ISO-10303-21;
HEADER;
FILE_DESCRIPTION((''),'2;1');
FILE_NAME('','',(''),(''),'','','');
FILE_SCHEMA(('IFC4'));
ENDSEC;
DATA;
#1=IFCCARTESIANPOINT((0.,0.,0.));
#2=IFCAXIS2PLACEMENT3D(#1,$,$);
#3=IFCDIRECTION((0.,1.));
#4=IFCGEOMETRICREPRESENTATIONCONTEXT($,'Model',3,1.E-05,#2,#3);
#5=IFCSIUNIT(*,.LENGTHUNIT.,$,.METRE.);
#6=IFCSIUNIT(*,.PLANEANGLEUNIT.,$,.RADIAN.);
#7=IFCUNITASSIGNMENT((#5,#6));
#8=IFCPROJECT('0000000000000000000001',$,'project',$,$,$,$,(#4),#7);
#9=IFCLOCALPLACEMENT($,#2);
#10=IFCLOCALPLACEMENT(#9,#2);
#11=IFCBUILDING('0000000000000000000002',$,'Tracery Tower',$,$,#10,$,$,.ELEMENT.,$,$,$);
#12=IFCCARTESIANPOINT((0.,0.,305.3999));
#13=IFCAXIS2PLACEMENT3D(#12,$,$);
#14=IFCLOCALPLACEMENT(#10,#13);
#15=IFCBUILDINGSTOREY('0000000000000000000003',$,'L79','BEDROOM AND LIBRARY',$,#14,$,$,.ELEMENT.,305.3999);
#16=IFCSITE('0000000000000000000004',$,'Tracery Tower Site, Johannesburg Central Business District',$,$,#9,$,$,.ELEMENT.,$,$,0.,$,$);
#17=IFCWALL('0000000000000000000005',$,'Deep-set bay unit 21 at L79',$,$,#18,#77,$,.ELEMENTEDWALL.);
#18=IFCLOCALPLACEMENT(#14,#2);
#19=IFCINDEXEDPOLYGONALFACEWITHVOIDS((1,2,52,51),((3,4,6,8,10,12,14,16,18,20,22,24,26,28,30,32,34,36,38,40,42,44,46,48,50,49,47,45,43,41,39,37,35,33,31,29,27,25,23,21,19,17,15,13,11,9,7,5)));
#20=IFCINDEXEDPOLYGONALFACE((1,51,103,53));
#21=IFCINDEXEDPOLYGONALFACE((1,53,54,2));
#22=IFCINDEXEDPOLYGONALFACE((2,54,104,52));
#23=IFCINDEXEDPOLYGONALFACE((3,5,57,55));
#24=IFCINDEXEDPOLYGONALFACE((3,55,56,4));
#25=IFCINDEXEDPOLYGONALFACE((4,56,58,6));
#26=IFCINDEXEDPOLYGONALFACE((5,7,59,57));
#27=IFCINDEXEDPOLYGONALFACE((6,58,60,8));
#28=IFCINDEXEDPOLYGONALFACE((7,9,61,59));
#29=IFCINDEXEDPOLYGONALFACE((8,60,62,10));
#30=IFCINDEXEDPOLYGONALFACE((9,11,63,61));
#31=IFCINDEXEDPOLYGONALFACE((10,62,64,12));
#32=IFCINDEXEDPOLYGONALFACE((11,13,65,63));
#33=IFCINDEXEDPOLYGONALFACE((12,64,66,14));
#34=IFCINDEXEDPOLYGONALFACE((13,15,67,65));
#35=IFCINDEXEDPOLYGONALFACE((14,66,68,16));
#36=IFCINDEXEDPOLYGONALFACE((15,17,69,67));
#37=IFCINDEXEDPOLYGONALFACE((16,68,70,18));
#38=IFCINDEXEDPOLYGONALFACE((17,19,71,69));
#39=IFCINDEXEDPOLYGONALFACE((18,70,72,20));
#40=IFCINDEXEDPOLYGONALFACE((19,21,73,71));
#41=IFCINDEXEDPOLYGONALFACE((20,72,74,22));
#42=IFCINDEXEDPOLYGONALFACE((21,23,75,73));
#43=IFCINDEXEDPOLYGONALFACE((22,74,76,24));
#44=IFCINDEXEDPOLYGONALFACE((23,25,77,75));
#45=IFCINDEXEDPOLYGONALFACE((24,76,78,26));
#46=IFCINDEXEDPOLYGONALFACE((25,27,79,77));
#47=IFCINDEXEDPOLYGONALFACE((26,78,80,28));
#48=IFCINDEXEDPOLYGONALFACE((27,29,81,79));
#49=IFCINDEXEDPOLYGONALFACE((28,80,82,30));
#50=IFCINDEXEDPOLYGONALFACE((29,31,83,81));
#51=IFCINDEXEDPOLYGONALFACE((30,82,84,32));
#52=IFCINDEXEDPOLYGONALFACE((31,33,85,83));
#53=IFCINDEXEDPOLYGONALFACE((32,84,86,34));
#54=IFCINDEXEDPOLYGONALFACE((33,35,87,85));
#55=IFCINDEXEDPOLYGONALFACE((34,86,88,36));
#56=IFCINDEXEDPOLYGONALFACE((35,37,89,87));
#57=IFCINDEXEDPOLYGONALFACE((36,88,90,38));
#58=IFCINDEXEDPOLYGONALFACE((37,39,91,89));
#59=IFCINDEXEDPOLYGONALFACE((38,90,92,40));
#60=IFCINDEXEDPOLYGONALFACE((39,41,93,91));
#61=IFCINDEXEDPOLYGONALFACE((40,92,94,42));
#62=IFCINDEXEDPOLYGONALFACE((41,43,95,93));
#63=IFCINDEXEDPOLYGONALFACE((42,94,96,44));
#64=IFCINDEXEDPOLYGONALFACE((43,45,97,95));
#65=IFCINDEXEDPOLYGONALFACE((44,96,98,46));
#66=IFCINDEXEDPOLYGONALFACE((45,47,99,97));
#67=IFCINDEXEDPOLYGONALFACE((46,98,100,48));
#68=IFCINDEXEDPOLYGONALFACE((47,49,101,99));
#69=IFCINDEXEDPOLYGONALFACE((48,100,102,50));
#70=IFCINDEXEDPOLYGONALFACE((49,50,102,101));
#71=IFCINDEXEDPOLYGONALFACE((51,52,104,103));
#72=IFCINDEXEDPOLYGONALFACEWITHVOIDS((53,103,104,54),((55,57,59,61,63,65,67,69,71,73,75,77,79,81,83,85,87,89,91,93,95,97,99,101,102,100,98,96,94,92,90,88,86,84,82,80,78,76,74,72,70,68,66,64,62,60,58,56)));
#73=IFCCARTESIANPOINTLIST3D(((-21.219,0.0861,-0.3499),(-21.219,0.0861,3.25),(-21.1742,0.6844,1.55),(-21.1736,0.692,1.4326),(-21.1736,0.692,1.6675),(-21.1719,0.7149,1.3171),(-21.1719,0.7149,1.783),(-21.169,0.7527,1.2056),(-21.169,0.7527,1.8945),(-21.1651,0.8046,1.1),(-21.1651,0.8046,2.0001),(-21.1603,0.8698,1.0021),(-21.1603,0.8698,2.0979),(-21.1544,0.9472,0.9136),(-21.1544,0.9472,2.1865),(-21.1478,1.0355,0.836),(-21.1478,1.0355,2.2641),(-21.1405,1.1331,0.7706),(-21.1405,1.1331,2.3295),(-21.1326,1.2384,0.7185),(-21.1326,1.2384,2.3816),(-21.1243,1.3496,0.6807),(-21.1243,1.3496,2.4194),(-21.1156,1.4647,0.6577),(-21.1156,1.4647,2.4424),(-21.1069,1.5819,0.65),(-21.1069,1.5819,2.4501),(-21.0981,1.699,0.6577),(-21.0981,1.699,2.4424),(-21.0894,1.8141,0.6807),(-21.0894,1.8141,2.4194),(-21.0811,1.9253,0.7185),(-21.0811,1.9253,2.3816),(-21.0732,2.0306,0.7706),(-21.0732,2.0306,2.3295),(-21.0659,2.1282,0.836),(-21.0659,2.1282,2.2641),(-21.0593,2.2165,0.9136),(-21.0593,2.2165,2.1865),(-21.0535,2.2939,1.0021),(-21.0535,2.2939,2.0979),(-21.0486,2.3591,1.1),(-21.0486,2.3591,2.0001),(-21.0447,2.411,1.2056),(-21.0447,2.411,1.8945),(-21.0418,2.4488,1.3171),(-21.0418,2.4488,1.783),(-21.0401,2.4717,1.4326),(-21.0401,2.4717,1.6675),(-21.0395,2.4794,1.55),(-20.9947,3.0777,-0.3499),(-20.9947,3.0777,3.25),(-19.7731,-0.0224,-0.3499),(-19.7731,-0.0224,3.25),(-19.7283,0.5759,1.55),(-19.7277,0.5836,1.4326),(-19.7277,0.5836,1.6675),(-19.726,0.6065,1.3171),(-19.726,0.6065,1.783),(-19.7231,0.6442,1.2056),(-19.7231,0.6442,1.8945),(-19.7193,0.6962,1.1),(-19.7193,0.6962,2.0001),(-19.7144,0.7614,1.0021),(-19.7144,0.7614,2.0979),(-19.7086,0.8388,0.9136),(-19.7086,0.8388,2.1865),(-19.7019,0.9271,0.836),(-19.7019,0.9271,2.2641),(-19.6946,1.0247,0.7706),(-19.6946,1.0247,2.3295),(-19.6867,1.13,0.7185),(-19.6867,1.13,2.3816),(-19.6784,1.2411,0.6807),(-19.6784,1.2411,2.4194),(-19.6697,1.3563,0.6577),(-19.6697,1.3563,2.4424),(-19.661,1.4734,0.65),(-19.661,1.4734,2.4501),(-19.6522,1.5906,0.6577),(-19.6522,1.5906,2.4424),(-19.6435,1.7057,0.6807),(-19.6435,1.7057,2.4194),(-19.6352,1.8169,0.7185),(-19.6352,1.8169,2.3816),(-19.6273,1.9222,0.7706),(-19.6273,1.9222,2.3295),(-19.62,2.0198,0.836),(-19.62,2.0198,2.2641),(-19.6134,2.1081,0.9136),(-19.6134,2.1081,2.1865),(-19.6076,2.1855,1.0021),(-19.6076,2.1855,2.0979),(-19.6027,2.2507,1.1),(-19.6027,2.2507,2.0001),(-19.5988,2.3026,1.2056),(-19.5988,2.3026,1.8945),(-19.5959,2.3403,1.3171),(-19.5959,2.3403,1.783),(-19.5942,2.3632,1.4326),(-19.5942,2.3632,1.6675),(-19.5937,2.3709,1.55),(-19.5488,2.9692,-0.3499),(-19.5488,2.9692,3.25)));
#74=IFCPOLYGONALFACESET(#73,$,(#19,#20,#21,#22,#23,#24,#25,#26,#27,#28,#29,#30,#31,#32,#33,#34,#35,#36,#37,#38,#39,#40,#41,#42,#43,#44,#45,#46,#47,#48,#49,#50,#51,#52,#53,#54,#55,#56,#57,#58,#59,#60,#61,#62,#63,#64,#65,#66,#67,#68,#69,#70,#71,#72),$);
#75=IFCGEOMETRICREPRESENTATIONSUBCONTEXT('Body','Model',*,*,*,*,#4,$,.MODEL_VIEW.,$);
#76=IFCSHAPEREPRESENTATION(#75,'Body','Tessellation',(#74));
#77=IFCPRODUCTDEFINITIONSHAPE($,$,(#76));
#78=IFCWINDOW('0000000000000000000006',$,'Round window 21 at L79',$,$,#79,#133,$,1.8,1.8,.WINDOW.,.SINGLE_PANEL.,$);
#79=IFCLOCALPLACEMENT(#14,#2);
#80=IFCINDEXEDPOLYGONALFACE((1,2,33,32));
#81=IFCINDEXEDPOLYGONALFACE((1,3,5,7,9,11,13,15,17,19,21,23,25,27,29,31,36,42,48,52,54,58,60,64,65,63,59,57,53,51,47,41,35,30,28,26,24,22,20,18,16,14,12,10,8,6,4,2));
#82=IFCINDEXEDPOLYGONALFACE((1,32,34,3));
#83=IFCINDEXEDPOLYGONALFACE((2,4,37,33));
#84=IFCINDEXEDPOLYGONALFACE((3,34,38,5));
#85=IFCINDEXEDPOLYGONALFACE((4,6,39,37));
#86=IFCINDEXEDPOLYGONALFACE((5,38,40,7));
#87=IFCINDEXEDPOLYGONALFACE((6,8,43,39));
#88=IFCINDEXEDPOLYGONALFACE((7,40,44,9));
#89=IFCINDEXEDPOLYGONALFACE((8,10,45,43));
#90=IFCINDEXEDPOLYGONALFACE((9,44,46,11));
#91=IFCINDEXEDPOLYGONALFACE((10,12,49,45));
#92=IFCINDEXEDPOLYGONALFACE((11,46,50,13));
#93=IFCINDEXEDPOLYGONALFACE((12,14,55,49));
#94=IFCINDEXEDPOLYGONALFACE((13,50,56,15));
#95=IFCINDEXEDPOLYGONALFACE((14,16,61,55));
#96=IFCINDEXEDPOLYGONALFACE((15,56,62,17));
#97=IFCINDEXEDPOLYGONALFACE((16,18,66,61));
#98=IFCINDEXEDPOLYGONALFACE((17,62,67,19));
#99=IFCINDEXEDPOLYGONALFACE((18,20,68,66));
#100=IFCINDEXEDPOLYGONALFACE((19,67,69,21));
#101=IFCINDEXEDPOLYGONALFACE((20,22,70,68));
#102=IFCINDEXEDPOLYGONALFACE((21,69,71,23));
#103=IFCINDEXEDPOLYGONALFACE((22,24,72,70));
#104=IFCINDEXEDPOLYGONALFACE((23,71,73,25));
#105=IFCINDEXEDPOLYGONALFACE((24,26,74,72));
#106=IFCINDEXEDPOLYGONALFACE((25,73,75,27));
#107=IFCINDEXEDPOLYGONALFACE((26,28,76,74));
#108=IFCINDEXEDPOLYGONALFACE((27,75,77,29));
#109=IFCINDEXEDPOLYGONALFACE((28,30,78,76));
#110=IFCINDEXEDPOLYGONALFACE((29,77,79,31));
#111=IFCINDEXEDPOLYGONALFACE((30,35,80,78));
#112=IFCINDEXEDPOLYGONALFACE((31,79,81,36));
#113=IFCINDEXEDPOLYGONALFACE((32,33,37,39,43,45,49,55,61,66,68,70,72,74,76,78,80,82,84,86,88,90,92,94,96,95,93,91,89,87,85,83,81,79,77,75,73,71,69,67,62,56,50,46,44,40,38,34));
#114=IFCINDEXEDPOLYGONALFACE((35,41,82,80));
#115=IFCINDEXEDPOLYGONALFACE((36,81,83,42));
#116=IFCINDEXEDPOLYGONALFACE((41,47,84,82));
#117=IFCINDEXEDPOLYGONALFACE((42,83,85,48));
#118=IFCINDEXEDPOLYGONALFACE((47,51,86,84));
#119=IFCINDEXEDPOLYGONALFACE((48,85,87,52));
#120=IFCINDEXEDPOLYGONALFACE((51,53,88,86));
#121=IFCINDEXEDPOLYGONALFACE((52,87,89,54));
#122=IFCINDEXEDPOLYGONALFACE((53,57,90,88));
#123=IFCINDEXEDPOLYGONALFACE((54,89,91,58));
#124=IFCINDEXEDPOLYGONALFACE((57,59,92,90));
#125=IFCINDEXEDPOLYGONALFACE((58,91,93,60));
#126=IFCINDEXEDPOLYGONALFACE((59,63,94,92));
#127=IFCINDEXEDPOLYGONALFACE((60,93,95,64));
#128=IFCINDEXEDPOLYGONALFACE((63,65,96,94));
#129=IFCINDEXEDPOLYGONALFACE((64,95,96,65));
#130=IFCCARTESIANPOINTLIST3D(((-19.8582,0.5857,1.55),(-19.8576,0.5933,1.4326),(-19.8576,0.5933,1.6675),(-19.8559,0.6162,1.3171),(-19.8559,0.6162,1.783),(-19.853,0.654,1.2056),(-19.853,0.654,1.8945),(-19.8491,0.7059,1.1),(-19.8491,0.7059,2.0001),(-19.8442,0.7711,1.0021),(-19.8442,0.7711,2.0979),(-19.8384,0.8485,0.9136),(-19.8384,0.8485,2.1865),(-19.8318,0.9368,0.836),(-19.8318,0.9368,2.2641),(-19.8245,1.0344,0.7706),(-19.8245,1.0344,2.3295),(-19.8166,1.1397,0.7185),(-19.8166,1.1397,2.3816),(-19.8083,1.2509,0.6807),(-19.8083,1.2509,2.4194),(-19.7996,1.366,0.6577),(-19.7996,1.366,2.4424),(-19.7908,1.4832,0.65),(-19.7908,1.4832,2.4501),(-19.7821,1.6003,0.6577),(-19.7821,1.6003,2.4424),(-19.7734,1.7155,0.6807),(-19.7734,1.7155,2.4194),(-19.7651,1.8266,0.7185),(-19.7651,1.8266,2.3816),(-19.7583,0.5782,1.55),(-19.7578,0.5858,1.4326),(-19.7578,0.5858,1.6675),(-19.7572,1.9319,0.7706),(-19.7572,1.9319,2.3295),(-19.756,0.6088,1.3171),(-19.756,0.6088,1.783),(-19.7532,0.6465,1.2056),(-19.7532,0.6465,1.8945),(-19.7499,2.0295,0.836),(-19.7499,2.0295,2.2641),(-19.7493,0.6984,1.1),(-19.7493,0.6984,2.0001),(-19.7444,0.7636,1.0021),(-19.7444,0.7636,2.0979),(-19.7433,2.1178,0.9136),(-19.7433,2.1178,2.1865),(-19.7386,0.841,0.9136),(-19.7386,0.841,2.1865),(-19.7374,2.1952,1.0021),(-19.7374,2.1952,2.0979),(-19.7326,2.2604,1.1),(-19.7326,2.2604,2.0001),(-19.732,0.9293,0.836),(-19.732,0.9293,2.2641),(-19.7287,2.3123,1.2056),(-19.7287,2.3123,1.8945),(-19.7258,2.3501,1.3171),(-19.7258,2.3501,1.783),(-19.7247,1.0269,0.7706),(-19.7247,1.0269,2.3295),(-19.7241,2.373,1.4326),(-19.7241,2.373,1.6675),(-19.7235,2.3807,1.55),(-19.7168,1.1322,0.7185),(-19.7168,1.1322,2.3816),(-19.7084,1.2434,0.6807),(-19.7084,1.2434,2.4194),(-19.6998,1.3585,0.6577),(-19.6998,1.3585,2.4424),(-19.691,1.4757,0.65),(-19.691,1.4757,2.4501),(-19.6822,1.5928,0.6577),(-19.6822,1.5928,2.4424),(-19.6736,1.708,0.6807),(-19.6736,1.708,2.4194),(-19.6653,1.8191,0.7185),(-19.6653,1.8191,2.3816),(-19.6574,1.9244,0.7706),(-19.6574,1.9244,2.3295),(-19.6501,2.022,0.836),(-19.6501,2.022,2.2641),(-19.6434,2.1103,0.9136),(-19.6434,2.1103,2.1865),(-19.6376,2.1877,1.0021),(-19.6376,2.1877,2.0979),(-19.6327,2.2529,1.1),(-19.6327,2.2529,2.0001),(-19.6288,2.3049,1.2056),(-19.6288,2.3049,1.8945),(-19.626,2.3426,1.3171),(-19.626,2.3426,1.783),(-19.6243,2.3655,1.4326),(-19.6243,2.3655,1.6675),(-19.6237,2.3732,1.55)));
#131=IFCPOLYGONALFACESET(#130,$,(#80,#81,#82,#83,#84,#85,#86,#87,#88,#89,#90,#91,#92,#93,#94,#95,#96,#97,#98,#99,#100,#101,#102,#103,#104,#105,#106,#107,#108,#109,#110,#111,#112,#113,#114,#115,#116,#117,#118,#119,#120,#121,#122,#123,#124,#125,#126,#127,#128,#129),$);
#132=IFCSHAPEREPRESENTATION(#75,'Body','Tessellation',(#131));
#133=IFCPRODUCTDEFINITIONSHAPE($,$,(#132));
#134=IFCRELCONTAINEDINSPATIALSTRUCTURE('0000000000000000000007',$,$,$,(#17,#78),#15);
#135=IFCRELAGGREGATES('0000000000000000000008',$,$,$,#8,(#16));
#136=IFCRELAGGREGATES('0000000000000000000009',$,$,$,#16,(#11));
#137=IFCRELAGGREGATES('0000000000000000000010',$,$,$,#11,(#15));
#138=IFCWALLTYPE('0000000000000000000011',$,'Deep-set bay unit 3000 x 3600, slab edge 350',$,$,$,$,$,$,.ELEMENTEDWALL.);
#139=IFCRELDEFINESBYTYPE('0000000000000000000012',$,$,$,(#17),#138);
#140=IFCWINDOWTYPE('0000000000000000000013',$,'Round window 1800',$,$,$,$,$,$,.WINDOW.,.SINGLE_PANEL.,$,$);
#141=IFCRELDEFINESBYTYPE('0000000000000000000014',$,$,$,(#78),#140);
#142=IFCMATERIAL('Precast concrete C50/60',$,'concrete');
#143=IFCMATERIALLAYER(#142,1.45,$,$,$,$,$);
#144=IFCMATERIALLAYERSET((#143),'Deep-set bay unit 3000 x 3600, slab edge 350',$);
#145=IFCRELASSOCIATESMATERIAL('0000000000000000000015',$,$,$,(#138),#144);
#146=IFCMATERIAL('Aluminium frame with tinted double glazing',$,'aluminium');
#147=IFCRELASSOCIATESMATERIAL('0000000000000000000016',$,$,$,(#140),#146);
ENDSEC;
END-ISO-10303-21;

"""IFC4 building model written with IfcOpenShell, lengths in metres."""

from ifc_helpers import new_model, si_unit, direction, frame, frame_2d, origin, origin_2d, place, context, subcontext, project, spatial, rectangle, circle, extrude, material, layer, layer_set, type_object, element, fill, save


model = new_model("IFC4")

# Units and contexts
model_context = context("Model", 3, precision=1e-05, world=origin(), true_north=direction((0.0, 1.0)))
body_context = subcontext(model_context, "Body", "Model", "MODEL_VIEW")
ifc_project = project(units=[si_unit("LENGTHUNIT", "METRE"), si_unit("PLANEANGLEUNIT", "RADIAN")], contexts=[model_context])

# Site, building, storey
site_placement = place(None, origin())
site = spatial("IfcSite", under=ifc_project, at=site_placement, Name="Tracery Tower Site, Johannesburg Central Business District", CompositionType="ELEMENT", RefElevation=0.0)
building_placement = place(site_placement, origin())
building = spatial("IfcBuilding", under=site, at=building_placement, Name="Tracery Tower", CompositionType="ELEMENT")
storey_placement = place(building_placement, frame((0.0, 0.0, 305.3999)))
storey = spatial("IfcBuildingStorey", under=building, at=storey_placement, Name="L79", Description="BEDROOM AND LIBRARY", CompositionType="ELEMENT", Elevation=305.3999)

# Wall, opening, window
ifc_material_1 = material(Name="Precast concrete C50/60", Category="concrete")
ifc_layer_1 = layer(ifc_material_1, 1.45)
ifc_layer_set_1 = layer_set([ifc_layer_1], Name="Deep-set bay unit 3000 x 3600, slab edge 350")
wall_type_1 = type_object("IfcWallType", Name="Deep-set bay unit 3000 x 3600, slab edge 350", PredefinedType="ELEMENTEDWALL", material=ifc_layer_set_1)
wall_1_placement = place(storey_placement, frame((-20.2717, 3.0234, -0.3499), z_axis=(0.0, 0.0, 1.0), x_axis=(-0.074786, -0.9972, 0.0)))
wall_1 = element("IfcWall", 1, at=wall_1_placement, inside=storey, type_object=wall_type_1, Name="Deep-set bay unit 21 at L79", PredefinedType="ELEMENTEDWALL", context=body_context, shape_type="SweptSolid", body=[
    extrude(rectangle(XDim=3.0, YDim=1.45, at=frame_2d((1.5, 0.0))), origin(), (0.0, 0.0, 1.0), 3.5999),
])
opening_1_placement = place(wall_1_placement, frame((1.5, 0.0, 1.8999)))
opening_1 = element("IfcOpeningElement", 2, at=opening_1_placement, cuts=wall_1, PredefinedType="OPENING", context=body_context, shape_type="SweptSolid", body=[
    extrude(circle(Radius=0.9, at=origin_2d()), frame((0.0, 0.7349, 0.0), z_axis=(0.0, -1.0, 0.0), x_axis=(1.0, 0.0, 0.0)), (0.0, 0.0, 1.0), 1.47),
])
ifc_material_2 = material(Name="Aluminium frame with tinted double glazing", Category="aluminium")
window_type = type_object("IfcWindowType", Name="Round window 1800", PartitioningType="SINGLE_PANEL", PredefinedType="WINDOW", material=ifc_material_2)
window_1_placement = place(opening_1_placement, origin())
window_1 = element("IfcWindow", 3, at=window_1_placement, inside=storey, type_object=window_type, Name="Round window 21 at L79", OverallHeight=1.8, OverallWidth=1.8, PartitioningType="SINGLE_PANEL", PredefinedType="WINDOW", context=body_context, shape_type="SweptSolid", body=[
    extrude(circle(Radius=0.9, at=origin_2d()), frame((0.0, 0.6948, 0.0), z_axis=(0.0, -1.0, 0.0), x_axis=(1.0, 0.0, 0.0)), (0.0, 0.0, 1.0), 0.1001),
])
fill(opening_1, window_1)

save(model, "model.ifc")
